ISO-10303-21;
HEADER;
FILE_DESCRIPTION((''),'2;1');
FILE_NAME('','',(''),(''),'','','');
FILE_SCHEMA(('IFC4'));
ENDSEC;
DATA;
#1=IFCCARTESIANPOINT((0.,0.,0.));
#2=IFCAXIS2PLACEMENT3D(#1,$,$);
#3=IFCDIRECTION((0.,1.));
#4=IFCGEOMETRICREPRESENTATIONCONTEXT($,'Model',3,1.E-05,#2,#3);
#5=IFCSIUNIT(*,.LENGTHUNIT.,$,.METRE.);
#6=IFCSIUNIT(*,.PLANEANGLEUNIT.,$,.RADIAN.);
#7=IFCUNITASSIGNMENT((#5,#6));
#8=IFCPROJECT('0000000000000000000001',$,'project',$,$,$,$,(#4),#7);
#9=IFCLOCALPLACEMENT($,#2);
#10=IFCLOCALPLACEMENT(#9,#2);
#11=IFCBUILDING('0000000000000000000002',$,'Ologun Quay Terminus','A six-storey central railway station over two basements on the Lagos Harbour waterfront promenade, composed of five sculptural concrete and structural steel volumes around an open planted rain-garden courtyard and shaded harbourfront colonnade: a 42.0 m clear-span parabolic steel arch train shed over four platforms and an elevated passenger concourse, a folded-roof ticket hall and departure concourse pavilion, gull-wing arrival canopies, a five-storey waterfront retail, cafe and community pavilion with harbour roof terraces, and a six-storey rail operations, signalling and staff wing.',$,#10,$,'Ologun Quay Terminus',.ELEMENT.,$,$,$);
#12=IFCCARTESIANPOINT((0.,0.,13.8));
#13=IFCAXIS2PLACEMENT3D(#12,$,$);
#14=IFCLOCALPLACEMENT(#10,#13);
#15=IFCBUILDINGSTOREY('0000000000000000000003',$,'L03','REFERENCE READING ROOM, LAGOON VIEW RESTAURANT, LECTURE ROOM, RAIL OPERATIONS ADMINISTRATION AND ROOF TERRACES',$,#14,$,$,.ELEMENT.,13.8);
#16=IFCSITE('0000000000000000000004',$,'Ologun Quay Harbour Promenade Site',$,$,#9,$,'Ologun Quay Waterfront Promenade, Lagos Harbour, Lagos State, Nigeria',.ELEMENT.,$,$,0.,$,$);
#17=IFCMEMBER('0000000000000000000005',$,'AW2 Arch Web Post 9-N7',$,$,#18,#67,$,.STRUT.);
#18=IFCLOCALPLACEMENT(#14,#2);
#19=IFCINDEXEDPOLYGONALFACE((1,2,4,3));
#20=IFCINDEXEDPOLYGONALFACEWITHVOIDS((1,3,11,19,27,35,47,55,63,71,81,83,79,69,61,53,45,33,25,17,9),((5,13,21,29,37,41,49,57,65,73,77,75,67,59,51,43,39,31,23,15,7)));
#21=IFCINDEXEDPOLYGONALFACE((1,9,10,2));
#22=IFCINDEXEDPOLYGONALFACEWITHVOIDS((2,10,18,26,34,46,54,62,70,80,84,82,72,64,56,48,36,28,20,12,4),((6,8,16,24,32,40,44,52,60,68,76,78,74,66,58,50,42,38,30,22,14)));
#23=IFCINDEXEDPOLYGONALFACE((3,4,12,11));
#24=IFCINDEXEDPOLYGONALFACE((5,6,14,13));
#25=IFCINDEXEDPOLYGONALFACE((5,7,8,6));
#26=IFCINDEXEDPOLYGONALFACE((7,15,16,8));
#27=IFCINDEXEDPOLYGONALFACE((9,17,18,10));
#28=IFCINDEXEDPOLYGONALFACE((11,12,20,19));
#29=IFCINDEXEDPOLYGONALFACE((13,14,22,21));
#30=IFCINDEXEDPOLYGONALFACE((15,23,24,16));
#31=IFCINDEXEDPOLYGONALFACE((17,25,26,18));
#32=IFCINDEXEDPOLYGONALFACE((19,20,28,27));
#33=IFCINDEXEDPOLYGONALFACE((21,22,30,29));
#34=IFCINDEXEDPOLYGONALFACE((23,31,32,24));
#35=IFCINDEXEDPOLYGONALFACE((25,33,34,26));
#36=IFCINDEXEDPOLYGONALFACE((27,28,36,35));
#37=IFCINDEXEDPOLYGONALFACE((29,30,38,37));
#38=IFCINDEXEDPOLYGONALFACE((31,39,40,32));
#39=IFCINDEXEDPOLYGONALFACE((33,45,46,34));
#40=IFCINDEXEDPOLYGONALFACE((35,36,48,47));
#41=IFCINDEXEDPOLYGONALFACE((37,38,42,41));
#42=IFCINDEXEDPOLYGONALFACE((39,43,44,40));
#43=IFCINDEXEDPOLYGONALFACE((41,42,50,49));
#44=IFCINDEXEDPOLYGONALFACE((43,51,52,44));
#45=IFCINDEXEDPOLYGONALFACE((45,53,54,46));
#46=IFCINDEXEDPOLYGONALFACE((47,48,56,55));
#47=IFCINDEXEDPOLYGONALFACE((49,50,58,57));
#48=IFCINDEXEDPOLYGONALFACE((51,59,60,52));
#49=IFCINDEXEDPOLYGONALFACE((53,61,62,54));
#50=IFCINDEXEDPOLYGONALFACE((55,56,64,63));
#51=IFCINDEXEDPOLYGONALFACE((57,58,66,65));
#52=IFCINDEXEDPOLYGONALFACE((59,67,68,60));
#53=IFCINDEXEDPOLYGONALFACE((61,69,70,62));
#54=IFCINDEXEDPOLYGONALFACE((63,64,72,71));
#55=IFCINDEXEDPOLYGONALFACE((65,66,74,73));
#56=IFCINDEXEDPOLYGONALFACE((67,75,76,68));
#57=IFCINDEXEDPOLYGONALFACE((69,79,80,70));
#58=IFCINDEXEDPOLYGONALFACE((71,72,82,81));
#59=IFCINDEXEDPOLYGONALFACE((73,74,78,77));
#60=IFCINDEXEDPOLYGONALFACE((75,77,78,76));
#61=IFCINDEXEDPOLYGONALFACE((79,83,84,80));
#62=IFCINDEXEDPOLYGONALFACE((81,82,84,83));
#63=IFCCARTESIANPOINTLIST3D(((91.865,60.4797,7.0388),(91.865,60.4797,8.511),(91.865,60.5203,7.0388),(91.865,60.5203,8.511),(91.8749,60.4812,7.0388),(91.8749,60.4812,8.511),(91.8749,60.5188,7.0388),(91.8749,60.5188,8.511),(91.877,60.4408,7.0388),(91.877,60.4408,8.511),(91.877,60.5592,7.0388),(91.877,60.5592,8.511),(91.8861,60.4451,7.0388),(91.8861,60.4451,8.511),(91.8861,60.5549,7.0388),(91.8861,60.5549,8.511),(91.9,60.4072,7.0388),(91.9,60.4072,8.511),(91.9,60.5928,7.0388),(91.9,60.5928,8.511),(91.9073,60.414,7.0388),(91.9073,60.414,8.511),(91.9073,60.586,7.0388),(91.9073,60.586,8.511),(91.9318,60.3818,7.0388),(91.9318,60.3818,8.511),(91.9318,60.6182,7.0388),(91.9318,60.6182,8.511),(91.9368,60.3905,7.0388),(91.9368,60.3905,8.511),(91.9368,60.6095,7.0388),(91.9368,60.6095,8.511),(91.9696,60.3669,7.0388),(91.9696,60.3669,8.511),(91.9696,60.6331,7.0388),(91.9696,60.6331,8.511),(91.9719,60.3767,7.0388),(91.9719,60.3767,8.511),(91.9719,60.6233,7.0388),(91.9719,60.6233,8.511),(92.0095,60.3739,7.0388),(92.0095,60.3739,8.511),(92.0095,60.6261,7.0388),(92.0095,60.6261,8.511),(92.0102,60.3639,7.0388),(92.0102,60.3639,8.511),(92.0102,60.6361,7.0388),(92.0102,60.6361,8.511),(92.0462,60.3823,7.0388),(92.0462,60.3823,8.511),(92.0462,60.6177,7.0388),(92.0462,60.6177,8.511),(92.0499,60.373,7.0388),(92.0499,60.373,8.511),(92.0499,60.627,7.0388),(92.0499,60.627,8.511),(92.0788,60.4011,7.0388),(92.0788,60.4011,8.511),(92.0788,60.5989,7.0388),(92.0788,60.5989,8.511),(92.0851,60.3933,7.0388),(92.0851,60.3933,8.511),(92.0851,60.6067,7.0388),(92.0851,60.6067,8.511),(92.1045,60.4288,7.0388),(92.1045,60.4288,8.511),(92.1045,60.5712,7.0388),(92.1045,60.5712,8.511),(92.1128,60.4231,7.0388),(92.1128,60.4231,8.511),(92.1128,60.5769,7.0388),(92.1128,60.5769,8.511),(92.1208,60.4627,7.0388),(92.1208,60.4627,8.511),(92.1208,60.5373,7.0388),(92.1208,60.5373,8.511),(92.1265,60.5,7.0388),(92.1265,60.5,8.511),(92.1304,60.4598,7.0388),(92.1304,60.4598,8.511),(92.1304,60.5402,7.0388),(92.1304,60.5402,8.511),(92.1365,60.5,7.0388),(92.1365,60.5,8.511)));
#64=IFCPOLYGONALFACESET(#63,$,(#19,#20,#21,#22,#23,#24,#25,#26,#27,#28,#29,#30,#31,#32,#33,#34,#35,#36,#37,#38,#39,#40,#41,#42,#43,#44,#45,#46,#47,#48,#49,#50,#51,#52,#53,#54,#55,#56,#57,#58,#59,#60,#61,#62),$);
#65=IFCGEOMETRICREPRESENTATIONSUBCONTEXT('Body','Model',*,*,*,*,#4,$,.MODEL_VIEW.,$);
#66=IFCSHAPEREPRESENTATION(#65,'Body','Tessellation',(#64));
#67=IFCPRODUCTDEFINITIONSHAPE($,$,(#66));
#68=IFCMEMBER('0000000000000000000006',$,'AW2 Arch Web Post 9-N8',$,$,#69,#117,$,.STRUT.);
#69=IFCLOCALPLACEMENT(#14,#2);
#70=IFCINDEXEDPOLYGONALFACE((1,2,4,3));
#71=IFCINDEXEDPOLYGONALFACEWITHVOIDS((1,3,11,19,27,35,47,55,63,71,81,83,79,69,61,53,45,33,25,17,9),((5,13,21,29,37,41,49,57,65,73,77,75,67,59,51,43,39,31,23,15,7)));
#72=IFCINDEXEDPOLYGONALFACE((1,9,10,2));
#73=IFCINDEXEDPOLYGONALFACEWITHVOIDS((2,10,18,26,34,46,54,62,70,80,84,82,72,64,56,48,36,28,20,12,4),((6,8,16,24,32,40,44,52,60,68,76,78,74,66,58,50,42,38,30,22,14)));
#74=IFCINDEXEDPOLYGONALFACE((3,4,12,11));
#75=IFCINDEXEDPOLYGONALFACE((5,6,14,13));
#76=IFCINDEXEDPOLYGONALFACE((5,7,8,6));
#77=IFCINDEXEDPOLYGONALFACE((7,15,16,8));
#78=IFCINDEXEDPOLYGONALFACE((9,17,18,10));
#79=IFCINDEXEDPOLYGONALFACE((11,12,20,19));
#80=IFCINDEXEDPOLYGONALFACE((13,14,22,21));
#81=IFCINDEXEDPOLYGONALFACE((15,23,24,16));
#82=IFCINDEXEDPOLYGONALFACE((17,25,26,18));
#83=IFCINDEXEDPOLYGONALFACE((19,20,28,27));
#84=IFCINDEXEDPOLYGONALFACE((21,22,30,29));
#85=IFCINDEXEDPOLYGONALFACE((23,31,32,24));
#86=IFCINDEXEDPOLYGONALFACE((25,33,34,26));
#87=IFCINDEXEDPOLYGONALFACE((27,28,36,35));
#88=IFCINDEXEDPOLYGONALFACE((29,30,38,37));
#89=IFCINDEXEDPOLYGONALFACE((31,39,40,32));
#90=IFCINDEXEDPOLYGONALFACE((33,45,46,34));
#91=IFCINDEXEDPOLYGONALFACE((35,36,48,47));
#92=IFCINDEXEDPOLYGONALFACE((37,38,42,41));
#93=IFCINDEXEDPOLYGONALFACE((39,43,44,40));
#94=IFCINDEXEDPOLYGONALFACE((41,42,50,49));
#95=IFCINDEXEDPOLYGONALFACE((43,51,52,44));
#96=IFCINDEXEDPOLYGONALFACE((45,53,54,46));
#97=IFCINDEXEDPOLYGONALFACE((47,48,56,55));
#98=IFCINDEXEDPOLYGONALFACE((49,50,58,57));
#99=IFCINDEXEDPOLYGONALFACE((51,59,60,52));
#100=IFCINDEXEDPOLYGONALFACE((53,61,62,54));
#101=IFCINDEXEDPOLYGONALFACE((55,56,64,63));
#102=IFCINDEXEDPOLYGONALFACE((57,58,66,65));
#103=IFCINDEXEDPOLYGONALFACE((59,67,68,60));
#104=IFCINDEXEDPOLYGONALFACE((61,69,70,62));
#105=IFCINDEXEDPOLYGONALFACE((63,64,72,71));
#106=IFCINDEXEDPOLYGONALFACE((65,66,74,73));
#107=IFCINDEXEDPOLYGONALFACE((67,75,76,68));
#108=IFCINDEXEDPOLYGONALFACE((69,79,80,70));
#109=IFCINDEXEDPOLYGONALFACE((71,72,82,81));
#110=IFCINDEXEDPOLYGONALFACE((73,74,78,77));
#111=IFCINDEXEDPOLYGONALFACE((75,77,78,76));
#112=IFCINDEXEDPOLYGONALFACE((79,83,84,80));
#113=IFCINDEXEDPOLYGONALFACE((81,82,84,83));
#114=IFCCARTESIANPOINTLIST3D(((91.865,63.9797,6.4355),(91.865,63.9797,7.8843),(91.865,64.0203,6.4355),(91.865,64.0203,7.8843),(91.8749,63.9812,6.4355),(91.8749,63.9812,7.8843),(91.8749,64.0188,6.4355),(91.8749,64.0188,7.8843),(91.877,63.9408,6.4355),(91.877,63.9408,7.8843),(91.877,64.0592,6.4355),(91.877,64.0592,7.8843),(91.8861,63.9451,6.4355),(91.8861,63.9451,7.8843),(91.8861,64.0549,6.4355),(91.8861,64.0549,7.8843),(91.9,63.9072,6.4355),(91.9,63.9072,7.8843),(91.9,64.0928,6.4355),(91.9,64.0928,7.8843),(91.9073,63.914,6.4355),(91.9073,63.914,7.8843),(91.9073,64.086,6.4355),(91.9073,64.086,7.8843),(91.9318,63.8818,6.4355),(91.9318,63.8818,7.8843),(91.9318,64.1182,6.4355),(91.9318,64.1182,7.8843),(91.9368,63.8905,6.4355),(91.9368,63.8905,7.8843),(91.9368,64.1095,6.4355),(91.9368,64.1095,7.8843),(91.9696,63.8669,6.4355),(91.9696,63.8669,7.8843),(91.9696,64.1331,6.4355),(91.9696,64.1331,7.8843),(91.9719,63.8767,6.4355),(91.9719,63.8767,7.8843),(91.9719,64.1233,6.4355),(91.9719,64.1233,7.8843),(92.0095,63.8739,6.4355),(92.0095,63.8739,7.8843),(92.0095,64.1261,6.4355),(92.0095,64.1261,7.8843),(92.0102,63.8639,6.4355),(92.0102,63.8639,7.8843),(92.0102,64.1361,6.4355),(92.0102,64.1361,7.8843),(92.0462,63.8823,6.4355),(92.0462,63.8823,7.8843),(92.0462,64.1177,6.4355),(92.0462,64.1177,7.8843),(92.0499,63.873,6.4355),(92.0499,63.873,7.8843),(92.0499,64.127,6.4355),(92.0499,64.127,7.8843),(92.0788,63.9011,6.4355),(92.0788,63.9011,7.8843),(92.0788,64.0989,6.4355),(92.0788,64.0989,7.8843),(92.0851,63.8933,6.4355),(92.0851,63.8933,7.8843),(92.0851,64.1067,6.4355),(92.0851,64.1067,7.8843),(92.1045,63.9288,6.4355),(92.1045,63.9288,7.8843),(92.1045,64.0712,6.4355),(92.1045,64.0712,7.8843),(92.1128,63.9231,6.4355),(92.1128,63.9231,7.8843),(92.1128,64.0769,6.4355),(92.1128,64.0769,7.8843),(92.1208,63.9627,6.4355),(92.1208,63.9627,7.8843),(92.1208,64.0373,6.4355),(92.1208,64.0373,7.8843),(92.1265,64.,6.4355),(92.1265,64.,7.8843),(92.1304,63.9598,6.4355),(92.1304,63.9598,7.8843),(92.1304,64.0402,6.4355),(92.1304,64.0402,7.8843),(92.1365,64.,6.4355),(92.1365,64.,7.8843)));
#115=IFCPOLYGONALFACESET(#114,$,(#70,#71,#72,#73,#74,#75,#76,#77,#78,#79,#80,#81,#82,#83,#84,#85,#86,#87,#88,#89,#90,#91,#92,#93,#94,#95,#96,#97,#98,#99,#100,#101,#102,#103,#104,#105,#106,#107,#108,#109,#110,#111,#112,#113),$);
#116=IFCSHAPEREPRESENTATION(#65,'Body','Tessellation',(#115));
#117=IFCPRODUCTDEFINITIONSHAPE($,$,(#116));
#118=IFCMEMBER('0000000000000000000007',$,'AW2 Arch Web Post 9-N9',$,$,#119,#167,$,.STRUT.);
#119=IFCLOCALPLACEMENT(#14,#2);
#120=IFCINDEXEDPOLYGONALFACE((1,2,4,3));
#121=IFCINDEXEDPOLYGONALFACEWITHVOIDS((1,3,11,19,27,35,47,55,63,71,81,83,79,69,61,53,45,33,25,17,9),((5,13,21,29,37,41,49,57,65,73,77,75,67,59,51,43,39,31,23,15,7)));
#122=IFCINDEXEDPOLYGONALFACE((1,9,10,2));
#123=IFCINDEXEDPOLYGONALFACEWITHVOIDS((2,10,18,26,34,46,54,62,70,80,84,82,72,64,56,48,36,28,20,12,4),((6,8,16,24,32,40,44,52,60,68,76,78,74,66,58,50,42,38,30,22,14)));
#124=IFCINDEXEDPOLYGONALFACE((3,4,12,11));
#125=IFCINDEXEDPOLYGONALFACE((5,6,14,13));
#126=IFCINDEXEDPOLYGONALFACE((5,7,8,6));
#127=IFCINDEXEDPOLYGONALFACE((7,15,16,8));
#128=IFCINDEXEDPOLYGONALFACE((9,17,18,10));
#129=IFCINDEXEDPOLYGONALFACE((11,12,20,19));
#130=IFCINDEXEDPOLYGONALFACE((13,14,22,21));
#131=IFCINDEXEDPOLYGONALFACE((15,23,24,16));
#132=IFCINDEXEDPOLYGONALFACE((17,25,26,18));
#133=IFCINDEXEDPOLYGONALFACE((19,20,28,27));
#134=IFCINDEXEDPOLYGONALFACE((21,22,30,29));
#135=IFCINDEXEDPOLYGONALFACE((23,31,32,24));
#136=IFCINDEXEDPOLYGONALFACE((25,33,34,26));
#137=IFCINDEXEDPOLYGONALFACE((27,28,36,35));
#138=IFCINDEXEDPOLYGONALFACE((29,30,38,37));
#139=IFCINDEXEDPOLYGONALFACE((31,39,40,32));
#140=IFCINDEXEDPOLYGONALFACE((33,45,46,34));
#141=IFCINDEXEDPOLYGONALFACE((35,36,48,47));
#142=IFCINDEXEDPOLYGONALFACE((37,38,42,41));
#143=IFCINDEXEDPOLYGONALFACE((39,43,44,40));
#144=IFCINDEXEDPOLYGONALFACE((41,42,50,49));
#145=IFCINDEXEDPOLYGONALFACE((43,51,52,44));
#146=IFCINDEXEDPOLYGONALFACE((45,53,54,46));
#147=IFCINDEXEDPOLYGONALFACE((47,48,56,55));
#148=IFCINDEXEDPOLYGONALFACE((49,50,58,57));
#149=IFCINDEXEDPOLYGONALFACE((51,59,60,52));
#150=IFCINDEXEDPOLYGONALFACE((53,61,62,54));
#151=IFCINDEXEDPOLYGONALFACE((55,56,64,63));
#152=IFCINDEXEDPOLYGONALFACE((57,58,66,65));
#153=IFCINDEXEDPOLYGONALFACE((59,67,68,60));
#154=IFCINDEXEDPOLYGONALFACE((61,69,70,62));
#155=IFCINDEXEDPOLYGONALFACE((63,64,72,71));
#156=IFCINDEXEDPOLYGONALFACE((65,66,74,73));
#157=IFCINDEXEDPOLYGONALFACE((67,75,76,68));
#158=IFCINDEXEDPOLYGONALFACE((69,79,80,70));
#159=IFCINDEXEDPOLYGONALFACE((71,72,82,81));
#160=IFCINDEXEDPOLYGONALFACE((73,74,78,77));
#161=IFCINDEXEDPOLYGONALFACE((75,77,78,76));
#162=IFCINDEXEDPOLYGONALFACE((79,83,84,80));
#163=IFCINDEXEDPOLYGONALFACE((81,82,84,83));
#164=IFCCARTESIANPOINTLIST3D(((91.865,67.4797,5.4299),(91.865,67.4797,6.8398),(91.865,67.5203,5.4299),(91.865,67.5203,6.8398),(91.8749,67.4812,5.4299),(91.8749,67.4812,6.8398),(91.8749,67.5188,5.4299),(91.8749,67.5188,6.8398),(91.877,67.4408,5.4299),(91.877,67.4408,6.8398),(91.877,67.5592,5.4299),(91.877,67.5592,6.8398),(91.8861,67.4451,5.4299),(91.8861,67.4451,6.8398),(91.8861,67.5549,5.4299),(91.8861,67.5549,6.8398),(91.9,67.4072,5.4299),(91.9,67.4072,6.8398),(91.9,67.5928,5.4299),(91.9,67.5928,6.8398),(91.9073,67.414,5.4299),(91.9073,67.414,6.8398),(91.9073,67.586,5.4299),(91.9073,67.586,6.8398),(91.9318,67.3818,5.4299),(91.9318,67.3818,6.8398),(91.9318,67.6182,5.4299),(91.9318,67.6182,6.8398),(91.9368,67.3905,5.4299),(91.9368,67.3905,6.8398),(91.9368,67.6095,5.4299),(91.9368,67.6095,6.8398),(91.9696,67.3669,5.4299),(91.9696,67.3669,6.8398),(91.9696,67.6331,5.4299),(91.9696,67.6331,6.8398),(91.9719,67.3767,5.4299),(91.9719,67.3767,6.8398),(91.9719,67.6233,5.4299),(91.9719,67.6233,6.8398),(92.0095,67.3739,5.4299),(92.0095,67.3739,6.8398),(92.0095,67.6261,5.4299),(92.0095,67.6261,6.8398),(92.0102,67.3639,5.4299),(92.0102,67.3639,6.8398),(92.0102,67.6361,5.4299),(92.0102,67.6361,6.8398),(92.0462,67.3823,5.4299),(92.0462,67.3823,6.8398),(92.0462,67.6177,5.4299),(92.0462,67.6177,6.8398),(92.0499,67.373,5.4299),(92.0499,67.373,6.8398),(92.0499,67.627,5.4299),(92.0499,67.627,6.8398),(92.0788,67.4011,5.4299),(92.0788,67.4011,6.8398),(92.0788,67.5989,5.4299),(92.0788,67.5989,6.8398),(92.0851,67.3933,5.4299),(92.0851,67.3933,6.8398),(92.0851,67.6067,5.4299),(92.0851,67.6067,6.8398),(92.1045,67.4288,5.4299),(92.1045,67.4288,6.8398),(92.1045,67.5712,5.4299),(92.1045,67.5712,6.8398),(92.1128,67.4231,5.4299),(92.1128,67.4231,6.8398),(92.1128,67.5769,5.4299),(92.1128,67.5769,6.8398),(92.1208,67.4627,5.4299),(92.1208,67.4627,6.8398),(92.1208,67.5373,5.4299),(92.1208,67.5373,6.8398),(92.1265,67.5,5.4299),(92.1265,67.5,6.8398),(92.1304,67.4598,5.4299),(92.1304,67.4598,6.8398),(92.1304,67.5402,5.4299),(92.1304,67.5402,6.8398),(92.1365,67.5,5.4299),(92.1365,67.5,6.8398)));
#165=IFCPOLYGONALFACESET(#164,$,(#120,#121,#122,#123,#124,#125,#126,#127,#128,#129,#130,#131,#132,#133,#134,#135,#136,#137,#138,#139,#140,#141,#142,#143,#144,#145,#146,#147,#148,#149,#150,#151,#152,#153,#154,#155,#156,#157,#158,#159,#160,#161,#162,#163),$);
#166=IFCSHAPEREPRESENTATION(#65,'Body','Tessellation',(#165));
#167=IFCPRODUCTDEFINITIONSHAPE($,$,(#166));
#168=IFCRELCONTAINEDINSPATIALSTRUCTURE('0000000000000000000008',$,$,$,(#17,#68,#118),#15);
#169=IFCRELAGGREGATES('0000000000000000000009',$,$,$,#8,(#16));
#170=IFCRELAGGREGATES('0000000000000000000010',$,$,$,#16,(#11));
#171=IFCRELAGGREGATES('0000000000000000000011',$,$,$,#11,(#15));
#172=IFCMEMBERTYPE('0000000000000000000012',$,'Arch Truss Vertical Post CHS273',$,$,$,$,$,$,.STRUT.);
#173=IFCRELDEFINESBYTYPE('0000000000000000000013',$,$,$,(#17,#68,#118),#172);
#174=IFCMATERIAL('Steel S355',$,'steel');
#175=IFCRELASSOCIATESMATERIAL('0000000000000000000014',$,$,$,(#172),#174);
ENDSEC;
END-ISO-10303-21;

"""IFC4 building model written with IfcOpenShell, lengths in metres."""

from ifc_helpers import new_model, si_unit, direction, frame, origin, origin_2d, place, context, subcontext, project, spatial, hollow_circle, extrude, material, material_profile, profile_set, type_object, element, save


model = new_model("IFC4")

# Units and contexts
model_context = context("Model", 3, precision=1e-05, world=origin(), true_north=direction((0.0, 1.0)))
body_context = subcontext(model_context, "Body", "Model", "MODEL_VIEW")
ifc_project = project(units=[si_unit("LENGTHUNIT", "METRE"), si_unit("PLANEANGLEUNIT", "RADIAN")], contexts=[model_context])

# Site, building, storey
site_placement = place(None, origin())
site = spatial("IfcSite", under=ifc_project, at=site_placement, Name="Ologun Quay Harbour Promenade Site", LongName="Ologun Quay Waterfront Promenade, Lagos Harbour, Lagos State, Nigeria", CompositionType="ELEMENT", RefElevation=0.0)
building_placement = place(site_placement, origin())
building = spatial("IfcBuilding", under=site, at=building_placement, Name="Ologun Quay Terminus", Description="A six-storey central railway station over two basements on the Lagos Harbour waterfront promenade, composed of five sculptural concrete and structural steel volumes around an open planted rain-garden courtyard and shaded harbourfront colonnade: a 42.0 m clear-span parabolic steel arch train shed over four platforms and an elevated passenger concourse, a folded-roof ticket hall and departure concourse pavilion, gull-wing arrival canopies, a five-storey waterfront retail, cafe and community pavilion with harbour roof terraces, and a six-storey rail operations, signalling and staff wing.", LongName="Ologun Quay Terminus", CompositionType="ELEMENT")
storey_placement = place(building_placement, frame((0.0, 0.0, 13.8)))
storey = spatial("IfcBuildingStorey", under=building, at=storey_placement, Name="L03", Description="REFERENCE READING ROOM, LAGOON VIEW RESTAURANT, LECTURE ROOM, RAIL OPERATIONS ADMINISTRATION AND ROOF TERRACES", CompositionType="ELEMENT", Elevation=13.8)

# Members
ifc_material_1 = material(Name="Steel S355", Category="steel")
ifc_material_profile_1 = material_profile(ifc_material_1, hollow_circle(Radius=0.1365, WallThickness=0.01, at=origin_2d()), Name="CHS 273x10")
ifc_profile_set_1 = profile_set([ifc_material_profile_1], Name="Steel S355")
member_type_1 = type_object("IfcMemberType", Name="Arch Truss Vertical Post CHS273", PredefinedType="STRUT", material=ifc_profile_set_1)
member_1_placement = place(storey_placement, frame((92.0, 60.5, 7.0388), z_axis=(0.0, 0.0, 1.0), x_axis=(1.0, 0.0, 0.0)))
element("IfcMember", 1, at=member_1_placement, inside=storey, type_object=member_type_1, Name="AW2 Arch Web Post 9-N7", PredefinedType="STRUT", context=body_context, shape_type="SweptSolid", body=[
    extrude(hollow_circle(Radius=0.1365, WallThickness=0.01, at=origin_2d()), origin(), (0.0, 0.0, 1.0), 1.4722),
])
member_2_placement = place(storey_placement, frame((92.0, 64.0, 6.4355), z_axis=(0.0, 0.0, 1.0), x_axis=(1.0, 0.0, 0.0)))
element("IfcMember", 2, at=member_2_placement, inside=storey, type_object=member_type_1, Name="AW2 Arch Web Post 9-N8", PredefinedType="STRUT", context=body_context, shape_type="SweptSolid", body=[
    extrude(hollow_circle(Radius=0.1365, WallThickness=0.01, at=origin_2d()), origin(), (0.0, 0.0, 1.0), 1.4487),
])
member_3_placement = place(storey_placement, frame((92.0, 67.5, 5.4299), z_axis=(0.0, 0.0, 1.0), x_axis=(1.0, 0.0, 0.0)))
element("IfcMember", 3, at=member_3_placement, inside=storey, type_object=member_type_1, Name="AW2 Arch Web Post 9-N9", PredefinedType="STRUT", context=body_context, shape_type="SweptSolid", body=[
    extrude(hollow_circle(Radius=0.1365, WallThickness=0.01, at=origin_2d()), origin(), (0.0, 0.0, 1.0), 1.4099),
])

save(model, "model.ifc")
